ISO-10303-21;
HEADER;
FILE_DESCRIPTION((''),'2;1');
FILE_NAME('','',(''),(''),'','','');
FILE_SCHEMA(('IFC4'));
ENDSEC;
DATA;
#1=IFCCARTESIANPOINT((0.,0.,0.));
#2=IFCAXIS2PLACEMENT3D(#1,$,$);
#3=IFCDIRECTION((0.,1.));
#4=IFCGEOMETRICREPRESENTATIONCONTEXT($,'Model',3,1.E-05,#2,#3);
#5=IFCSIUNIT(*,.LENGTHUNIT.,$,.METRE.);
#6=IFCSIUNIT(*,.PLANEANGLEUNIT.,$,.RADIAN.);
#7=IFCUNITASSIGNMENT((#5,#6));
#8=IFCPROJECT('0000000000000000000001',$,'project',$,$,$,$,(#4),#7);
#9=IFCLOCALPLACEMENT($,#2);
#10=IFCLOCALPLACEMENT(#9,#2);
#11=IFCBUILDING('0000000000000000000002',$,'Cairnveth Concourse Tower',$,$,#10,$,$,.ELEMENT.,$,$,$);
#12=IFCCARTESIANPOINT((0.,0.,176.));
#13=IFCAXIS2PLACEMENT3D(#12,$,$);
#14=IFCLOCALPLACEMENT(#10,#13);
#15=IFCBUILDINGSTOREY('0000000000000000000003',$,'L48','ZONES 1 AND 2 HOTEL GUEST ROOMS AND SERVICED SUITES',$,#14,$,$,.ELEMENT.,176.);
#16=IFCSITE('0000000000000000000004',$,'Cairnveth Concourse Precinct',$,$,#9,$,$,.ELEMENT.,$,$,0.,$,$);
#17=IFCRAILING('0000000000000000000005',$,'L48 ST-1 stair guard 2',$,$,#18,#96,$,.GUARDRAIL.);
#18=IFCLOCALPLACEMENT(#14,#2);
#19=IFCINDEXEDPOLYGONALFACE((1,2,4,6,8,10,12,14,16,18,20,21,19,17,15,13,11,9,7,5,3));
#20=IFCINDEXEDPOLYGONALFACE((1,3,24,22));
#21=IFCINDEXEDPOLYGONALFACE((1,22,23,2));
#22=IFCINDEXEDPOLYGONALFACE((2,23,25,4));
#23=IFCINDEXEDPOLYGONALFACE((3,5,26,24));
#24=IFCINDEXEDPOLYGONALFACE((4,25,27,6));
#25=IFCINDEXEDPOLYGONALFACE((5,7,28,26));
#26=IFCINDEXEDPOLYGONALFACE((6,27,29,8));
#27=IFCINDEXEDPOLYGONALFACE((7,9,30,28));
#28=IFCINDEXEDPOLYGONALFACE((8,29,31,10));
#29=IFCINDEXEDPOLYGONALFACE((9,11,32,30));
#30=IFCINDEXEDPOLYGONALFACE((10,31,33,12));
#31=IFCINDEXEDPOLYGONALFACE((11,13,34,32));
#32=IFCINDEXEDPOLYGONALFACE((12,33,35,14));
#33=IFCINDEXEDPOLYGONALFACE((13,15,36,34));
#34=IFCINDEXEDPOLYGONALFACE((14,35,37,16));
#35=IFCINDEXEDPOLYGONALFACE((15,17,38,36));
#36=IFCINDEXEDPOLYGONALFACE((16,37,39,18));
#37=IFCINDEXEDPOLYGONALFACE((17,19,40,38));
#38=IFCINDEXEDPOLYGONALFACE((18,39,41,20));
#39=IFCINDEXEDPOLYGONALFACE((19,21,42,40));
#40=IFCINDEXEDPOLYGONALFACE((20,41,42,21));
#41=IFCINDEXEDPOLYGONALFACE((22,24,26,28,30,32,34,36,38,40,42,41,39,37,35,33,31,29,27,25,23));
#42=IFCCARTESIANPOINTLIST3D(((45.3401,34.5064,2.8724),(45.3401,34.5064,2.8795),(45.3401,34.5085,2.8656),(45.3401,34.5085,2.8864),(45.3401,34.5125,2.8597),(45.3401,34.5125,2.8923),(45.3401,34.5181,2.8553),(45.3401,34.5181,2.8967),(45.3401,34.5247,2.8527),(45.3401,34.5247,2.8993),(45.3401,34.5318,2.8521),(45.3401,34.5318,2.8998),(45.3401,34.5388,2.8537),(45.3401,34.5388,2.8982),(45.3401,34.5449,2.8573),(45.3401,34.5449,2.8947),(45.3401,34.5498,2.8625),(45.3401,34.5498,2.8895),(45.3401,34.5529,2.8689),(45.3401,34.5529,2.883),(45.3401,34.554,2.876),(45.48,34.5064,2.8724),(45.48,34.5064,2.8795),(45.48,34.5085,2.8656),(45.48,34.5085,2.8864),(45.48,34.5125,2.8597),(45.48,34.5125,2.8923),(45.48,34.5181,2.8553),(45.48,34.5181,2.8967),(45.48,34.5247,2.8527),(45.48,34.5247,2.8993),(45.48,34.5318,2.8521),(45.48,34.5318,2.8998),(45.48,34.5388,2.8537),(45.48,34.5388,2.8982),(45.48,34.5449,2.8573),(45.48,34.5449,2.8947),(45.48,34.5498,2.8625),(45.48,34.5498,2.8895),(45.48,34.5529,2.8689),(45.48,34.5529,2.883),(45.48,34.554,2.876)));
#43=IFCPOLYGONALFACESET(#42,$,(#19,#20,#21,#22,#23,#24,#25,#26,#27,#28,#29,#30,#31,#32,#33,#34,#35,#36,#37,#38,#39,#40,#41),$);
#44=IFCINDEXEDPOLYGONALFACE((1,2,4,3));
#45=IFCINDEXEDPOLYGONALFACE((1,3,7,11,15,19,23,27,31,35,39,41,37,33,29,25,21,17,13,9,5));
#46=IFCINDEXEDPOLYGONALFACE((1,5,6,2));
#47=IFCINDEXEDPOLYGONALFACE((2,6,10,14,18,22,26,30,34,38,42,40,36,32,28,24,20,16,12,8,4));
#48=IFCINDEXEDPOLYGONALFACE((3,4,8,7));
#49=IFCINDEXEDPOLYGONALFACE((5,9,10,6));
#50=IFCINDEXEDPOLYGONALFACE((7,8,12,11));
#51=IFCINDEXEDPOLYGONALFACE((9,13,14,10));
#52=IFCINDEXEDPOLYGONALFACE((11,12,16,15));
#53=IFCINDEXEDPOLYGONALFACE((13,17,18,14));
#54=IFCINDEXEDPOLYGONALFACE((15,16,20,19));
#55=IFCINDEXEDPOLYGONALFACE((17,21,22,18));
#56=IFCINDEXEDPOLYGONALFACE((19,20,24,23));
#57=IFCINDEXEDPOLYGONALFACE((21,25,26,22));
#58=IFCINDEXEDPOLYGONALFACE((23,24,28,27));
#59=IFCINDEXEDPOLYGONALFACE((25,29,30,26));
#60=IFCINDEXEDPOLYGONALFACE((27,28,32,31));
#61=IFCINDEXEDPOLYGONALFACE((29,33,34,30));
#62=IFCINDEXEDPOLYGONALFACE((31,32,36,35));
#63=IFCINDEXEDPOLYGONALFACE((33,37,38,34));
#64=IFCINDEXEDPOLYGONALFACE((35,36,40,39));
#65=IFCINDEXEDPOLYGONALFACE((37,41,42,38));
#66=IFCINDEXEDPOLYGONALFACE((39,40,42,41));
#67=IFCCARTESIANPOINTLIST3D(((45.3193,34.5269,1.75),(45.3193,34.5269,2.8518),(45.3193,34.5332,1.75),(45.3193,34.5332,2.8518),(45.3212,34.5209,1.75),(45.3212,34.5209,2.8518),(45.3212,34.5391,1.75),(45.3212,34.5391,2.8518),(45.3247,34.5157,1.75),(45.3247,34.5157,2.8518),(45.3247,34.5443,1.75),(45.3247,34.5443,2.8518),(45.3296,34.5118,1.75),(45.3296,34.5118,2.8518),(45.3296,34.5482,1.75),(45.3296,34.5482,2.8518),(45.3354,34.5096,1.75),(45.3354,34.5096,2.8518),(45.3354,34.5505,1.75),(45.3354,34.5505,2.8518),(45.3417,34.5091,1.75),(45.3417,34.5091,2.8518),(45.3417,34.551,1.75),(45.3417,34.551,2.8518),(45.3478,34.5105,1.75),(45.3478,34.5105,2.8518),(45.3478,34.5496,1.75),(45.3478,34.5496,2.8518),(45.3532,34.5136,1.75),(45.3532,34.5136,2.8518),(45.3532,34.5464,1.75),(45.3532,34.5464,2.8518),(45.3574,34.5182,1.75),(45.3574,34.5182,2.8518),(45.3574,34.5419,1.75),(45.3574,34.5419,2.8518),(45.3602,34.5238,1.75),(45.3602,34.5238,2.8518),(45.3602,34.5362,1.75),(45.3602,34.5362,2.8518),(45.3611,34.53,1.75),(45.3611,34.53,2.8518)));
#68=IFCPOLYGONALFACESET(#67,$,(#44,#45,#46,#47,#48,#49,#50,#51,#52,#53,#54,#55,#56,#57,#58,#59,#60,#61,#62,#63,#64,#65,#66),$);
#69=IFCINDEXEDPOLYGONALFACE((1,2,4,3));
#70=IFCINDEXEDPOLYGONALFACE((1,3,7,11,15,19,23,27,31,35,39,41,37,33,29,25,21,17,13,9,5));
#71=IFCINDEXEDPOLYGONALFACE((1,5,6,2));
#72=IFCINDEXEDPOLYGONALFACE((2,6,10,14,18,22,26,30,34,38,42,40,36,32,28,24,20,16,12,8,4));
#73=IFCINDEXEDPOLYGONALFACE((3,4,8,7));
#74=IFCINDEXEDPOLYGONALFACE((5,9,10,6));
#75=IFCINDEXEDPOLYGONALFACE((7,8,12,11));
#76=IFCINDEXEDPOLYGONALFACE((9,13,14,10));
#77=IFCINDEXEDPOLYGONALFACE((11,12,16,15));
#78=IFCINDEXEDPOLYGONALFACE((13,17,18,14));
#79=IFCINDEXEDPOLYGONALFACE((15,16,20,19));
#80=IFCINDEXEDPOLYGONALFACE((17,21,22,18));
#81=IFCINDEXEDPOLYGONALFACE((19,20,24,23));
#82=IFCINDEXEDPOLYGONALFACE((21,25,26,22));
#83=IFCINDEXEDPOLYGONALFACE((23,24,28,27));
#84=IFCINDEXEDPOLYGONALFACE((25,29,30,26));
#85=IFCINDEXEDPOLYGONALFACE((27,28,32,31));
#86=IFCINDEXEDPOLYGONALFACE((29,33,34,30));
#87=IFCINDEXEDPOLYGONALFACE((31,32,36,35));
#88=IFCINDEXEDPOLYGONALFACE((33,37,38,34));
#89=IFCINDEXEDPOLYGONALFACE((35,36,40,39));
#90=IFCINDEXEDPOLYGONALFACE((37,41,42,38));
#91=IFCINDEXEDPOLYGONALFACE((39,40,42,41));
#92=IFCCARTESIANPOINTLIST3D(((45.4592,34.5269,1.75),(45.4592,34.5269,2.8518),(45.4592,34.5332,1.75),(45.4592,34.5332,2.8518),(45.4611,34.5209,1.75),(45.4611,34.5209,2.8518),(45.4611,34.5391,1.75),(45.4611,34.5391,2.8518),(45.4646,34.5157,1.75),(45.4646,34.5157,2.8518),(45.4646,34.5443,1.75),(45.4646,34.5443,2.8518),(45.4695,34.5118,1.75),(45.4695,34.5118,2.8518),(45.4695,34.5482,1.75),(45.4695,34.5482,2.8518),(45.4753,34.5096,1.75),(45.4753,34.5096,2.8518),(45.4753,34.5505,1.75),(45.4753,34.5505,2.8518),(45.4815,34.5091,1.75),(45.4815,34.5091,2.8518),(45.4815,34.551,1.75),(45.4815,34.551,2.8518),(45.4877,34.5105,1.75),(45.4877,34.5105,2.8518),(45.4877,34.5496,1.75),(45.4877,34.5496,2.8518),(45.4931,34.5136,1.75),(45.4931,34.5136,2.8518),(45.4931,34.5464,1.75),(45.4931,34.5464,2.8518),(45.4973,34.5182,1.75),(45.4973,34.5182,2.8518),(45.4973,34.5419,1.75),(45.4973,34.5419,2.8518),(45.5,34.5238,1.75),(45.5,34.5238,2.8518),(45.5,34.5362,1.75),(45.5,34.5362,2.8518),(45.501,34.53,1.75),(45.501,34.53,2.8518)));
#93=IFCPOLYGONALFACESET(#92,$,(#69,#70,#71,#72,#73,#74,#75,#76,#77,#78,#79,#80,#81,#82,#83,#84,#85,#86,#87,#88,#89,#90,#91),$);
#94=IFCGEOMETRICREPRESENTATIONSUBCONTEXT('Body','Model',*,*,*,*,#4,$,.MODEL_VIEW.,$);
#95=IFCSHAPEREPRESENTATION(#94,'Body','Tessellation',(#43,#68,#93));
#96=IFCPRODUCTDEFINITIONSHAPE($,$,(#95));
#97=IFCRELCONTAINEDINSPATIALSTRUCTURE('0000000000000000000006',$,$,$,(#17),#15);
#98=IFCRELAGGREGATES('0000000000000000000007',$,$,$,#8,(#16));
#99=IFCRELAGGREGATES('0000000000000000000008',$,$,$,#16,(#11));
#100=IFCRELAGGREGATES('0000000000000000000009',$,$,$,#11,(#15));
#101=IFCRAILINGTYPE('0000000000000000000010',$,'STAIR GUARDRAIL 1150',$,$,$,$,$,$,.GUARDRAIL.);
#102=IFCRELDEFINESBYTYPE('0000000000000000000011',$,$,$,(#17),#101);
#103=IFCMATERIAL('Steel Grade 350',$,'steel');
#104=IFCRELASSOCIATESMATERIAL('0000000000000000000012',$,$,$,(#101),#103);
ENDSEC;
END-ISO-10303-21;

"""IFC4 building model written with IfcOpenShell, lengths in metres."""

from ifc_helpers import new_model, si_unit, direction, frame, origin, origin_2d, place, context, subcontext, project, spatial, circle, extrude, material, type_object, element, save


model = new_model("IFC4")

# Units and contexts
model_context = context("Model", 3, precision=1e-05, world=origin(), true_north=direction((0.0, 1.0)))
body_context = subcontext(model_context, "Body", "Model", "MODEL_VIEW")
ifc_project = project(units=[si_unit("LENGTHUNIT", "METRE"), si_unit("PLANEANGLEUNIT", "RADIAN")], contexts=[model_context])

# Site, building, storey
site_placement = place(None, origin())
site = spatial("IfcSite", under=ifc_project, at=site_placement, Name="Cairnveth Concourse Precinct", CompositionType="ELEMENT", RefElevation=0.0)
building_placement = place(site_placement, origin())
building = spatial("IfcBuilding", under=site, at=building_placement, Name="Cairnveth Concourse Tower", CompositionType="ELEMENT")
storey_placement = place(building_placement, frame((0.0, 0.0, 176.0)))
storey = spatial("IfcBuildingStorey", under=building, at=storey_placement, Name="L48", Description="ZONES 1 AND 2 HOTEL GUEST ROOMS AND SERVICED SUITES", CompositionType="ELEMENT", Elevation=176.0)

# Shared definitions
ifc_material_1 = material(Name="Steel Grade 350", Category="steel")

# Railing
railing_type_1 = type_object("IfcRailingType", Name="STAIR GUARDRAIL 1150", PredefinedType="GUARDRAIL", material=ifc_material_1)
railing_1_placement = place(storey_placement, frame((45.3401, 34.53, 1.75)))
element("IfcRailing", 1, at=railing_1_placement, inside=storey, type_object=railing_type_1, Name="L48 ST-1 stair guard 2", PredefinedType="GUARDRAIL", context=body_context, shape_type="SweptSolid", body=[
    extrude(circle(Radius=0.0239, at=origin_2d()), frame((0.0, 0.0, 1.126), z_axis=(1.0, 0.0, 0.0), x_axis=(0.0, 1.0, 0.0)), (0.0, 0.0, 1.0), 0.1399),
    extrude(circle(Radius=0.021, at=origin_2d()), origin(), (0.0, 0.0, 1.0), 1.1018),
    extrude(circle(Radius=0.021, at=origin_2d()), frame((0.1399, 0.0, 0.0)), (0.0, 0.0, 1.0), 1.1018),
])

save(model, "model.ifc")
